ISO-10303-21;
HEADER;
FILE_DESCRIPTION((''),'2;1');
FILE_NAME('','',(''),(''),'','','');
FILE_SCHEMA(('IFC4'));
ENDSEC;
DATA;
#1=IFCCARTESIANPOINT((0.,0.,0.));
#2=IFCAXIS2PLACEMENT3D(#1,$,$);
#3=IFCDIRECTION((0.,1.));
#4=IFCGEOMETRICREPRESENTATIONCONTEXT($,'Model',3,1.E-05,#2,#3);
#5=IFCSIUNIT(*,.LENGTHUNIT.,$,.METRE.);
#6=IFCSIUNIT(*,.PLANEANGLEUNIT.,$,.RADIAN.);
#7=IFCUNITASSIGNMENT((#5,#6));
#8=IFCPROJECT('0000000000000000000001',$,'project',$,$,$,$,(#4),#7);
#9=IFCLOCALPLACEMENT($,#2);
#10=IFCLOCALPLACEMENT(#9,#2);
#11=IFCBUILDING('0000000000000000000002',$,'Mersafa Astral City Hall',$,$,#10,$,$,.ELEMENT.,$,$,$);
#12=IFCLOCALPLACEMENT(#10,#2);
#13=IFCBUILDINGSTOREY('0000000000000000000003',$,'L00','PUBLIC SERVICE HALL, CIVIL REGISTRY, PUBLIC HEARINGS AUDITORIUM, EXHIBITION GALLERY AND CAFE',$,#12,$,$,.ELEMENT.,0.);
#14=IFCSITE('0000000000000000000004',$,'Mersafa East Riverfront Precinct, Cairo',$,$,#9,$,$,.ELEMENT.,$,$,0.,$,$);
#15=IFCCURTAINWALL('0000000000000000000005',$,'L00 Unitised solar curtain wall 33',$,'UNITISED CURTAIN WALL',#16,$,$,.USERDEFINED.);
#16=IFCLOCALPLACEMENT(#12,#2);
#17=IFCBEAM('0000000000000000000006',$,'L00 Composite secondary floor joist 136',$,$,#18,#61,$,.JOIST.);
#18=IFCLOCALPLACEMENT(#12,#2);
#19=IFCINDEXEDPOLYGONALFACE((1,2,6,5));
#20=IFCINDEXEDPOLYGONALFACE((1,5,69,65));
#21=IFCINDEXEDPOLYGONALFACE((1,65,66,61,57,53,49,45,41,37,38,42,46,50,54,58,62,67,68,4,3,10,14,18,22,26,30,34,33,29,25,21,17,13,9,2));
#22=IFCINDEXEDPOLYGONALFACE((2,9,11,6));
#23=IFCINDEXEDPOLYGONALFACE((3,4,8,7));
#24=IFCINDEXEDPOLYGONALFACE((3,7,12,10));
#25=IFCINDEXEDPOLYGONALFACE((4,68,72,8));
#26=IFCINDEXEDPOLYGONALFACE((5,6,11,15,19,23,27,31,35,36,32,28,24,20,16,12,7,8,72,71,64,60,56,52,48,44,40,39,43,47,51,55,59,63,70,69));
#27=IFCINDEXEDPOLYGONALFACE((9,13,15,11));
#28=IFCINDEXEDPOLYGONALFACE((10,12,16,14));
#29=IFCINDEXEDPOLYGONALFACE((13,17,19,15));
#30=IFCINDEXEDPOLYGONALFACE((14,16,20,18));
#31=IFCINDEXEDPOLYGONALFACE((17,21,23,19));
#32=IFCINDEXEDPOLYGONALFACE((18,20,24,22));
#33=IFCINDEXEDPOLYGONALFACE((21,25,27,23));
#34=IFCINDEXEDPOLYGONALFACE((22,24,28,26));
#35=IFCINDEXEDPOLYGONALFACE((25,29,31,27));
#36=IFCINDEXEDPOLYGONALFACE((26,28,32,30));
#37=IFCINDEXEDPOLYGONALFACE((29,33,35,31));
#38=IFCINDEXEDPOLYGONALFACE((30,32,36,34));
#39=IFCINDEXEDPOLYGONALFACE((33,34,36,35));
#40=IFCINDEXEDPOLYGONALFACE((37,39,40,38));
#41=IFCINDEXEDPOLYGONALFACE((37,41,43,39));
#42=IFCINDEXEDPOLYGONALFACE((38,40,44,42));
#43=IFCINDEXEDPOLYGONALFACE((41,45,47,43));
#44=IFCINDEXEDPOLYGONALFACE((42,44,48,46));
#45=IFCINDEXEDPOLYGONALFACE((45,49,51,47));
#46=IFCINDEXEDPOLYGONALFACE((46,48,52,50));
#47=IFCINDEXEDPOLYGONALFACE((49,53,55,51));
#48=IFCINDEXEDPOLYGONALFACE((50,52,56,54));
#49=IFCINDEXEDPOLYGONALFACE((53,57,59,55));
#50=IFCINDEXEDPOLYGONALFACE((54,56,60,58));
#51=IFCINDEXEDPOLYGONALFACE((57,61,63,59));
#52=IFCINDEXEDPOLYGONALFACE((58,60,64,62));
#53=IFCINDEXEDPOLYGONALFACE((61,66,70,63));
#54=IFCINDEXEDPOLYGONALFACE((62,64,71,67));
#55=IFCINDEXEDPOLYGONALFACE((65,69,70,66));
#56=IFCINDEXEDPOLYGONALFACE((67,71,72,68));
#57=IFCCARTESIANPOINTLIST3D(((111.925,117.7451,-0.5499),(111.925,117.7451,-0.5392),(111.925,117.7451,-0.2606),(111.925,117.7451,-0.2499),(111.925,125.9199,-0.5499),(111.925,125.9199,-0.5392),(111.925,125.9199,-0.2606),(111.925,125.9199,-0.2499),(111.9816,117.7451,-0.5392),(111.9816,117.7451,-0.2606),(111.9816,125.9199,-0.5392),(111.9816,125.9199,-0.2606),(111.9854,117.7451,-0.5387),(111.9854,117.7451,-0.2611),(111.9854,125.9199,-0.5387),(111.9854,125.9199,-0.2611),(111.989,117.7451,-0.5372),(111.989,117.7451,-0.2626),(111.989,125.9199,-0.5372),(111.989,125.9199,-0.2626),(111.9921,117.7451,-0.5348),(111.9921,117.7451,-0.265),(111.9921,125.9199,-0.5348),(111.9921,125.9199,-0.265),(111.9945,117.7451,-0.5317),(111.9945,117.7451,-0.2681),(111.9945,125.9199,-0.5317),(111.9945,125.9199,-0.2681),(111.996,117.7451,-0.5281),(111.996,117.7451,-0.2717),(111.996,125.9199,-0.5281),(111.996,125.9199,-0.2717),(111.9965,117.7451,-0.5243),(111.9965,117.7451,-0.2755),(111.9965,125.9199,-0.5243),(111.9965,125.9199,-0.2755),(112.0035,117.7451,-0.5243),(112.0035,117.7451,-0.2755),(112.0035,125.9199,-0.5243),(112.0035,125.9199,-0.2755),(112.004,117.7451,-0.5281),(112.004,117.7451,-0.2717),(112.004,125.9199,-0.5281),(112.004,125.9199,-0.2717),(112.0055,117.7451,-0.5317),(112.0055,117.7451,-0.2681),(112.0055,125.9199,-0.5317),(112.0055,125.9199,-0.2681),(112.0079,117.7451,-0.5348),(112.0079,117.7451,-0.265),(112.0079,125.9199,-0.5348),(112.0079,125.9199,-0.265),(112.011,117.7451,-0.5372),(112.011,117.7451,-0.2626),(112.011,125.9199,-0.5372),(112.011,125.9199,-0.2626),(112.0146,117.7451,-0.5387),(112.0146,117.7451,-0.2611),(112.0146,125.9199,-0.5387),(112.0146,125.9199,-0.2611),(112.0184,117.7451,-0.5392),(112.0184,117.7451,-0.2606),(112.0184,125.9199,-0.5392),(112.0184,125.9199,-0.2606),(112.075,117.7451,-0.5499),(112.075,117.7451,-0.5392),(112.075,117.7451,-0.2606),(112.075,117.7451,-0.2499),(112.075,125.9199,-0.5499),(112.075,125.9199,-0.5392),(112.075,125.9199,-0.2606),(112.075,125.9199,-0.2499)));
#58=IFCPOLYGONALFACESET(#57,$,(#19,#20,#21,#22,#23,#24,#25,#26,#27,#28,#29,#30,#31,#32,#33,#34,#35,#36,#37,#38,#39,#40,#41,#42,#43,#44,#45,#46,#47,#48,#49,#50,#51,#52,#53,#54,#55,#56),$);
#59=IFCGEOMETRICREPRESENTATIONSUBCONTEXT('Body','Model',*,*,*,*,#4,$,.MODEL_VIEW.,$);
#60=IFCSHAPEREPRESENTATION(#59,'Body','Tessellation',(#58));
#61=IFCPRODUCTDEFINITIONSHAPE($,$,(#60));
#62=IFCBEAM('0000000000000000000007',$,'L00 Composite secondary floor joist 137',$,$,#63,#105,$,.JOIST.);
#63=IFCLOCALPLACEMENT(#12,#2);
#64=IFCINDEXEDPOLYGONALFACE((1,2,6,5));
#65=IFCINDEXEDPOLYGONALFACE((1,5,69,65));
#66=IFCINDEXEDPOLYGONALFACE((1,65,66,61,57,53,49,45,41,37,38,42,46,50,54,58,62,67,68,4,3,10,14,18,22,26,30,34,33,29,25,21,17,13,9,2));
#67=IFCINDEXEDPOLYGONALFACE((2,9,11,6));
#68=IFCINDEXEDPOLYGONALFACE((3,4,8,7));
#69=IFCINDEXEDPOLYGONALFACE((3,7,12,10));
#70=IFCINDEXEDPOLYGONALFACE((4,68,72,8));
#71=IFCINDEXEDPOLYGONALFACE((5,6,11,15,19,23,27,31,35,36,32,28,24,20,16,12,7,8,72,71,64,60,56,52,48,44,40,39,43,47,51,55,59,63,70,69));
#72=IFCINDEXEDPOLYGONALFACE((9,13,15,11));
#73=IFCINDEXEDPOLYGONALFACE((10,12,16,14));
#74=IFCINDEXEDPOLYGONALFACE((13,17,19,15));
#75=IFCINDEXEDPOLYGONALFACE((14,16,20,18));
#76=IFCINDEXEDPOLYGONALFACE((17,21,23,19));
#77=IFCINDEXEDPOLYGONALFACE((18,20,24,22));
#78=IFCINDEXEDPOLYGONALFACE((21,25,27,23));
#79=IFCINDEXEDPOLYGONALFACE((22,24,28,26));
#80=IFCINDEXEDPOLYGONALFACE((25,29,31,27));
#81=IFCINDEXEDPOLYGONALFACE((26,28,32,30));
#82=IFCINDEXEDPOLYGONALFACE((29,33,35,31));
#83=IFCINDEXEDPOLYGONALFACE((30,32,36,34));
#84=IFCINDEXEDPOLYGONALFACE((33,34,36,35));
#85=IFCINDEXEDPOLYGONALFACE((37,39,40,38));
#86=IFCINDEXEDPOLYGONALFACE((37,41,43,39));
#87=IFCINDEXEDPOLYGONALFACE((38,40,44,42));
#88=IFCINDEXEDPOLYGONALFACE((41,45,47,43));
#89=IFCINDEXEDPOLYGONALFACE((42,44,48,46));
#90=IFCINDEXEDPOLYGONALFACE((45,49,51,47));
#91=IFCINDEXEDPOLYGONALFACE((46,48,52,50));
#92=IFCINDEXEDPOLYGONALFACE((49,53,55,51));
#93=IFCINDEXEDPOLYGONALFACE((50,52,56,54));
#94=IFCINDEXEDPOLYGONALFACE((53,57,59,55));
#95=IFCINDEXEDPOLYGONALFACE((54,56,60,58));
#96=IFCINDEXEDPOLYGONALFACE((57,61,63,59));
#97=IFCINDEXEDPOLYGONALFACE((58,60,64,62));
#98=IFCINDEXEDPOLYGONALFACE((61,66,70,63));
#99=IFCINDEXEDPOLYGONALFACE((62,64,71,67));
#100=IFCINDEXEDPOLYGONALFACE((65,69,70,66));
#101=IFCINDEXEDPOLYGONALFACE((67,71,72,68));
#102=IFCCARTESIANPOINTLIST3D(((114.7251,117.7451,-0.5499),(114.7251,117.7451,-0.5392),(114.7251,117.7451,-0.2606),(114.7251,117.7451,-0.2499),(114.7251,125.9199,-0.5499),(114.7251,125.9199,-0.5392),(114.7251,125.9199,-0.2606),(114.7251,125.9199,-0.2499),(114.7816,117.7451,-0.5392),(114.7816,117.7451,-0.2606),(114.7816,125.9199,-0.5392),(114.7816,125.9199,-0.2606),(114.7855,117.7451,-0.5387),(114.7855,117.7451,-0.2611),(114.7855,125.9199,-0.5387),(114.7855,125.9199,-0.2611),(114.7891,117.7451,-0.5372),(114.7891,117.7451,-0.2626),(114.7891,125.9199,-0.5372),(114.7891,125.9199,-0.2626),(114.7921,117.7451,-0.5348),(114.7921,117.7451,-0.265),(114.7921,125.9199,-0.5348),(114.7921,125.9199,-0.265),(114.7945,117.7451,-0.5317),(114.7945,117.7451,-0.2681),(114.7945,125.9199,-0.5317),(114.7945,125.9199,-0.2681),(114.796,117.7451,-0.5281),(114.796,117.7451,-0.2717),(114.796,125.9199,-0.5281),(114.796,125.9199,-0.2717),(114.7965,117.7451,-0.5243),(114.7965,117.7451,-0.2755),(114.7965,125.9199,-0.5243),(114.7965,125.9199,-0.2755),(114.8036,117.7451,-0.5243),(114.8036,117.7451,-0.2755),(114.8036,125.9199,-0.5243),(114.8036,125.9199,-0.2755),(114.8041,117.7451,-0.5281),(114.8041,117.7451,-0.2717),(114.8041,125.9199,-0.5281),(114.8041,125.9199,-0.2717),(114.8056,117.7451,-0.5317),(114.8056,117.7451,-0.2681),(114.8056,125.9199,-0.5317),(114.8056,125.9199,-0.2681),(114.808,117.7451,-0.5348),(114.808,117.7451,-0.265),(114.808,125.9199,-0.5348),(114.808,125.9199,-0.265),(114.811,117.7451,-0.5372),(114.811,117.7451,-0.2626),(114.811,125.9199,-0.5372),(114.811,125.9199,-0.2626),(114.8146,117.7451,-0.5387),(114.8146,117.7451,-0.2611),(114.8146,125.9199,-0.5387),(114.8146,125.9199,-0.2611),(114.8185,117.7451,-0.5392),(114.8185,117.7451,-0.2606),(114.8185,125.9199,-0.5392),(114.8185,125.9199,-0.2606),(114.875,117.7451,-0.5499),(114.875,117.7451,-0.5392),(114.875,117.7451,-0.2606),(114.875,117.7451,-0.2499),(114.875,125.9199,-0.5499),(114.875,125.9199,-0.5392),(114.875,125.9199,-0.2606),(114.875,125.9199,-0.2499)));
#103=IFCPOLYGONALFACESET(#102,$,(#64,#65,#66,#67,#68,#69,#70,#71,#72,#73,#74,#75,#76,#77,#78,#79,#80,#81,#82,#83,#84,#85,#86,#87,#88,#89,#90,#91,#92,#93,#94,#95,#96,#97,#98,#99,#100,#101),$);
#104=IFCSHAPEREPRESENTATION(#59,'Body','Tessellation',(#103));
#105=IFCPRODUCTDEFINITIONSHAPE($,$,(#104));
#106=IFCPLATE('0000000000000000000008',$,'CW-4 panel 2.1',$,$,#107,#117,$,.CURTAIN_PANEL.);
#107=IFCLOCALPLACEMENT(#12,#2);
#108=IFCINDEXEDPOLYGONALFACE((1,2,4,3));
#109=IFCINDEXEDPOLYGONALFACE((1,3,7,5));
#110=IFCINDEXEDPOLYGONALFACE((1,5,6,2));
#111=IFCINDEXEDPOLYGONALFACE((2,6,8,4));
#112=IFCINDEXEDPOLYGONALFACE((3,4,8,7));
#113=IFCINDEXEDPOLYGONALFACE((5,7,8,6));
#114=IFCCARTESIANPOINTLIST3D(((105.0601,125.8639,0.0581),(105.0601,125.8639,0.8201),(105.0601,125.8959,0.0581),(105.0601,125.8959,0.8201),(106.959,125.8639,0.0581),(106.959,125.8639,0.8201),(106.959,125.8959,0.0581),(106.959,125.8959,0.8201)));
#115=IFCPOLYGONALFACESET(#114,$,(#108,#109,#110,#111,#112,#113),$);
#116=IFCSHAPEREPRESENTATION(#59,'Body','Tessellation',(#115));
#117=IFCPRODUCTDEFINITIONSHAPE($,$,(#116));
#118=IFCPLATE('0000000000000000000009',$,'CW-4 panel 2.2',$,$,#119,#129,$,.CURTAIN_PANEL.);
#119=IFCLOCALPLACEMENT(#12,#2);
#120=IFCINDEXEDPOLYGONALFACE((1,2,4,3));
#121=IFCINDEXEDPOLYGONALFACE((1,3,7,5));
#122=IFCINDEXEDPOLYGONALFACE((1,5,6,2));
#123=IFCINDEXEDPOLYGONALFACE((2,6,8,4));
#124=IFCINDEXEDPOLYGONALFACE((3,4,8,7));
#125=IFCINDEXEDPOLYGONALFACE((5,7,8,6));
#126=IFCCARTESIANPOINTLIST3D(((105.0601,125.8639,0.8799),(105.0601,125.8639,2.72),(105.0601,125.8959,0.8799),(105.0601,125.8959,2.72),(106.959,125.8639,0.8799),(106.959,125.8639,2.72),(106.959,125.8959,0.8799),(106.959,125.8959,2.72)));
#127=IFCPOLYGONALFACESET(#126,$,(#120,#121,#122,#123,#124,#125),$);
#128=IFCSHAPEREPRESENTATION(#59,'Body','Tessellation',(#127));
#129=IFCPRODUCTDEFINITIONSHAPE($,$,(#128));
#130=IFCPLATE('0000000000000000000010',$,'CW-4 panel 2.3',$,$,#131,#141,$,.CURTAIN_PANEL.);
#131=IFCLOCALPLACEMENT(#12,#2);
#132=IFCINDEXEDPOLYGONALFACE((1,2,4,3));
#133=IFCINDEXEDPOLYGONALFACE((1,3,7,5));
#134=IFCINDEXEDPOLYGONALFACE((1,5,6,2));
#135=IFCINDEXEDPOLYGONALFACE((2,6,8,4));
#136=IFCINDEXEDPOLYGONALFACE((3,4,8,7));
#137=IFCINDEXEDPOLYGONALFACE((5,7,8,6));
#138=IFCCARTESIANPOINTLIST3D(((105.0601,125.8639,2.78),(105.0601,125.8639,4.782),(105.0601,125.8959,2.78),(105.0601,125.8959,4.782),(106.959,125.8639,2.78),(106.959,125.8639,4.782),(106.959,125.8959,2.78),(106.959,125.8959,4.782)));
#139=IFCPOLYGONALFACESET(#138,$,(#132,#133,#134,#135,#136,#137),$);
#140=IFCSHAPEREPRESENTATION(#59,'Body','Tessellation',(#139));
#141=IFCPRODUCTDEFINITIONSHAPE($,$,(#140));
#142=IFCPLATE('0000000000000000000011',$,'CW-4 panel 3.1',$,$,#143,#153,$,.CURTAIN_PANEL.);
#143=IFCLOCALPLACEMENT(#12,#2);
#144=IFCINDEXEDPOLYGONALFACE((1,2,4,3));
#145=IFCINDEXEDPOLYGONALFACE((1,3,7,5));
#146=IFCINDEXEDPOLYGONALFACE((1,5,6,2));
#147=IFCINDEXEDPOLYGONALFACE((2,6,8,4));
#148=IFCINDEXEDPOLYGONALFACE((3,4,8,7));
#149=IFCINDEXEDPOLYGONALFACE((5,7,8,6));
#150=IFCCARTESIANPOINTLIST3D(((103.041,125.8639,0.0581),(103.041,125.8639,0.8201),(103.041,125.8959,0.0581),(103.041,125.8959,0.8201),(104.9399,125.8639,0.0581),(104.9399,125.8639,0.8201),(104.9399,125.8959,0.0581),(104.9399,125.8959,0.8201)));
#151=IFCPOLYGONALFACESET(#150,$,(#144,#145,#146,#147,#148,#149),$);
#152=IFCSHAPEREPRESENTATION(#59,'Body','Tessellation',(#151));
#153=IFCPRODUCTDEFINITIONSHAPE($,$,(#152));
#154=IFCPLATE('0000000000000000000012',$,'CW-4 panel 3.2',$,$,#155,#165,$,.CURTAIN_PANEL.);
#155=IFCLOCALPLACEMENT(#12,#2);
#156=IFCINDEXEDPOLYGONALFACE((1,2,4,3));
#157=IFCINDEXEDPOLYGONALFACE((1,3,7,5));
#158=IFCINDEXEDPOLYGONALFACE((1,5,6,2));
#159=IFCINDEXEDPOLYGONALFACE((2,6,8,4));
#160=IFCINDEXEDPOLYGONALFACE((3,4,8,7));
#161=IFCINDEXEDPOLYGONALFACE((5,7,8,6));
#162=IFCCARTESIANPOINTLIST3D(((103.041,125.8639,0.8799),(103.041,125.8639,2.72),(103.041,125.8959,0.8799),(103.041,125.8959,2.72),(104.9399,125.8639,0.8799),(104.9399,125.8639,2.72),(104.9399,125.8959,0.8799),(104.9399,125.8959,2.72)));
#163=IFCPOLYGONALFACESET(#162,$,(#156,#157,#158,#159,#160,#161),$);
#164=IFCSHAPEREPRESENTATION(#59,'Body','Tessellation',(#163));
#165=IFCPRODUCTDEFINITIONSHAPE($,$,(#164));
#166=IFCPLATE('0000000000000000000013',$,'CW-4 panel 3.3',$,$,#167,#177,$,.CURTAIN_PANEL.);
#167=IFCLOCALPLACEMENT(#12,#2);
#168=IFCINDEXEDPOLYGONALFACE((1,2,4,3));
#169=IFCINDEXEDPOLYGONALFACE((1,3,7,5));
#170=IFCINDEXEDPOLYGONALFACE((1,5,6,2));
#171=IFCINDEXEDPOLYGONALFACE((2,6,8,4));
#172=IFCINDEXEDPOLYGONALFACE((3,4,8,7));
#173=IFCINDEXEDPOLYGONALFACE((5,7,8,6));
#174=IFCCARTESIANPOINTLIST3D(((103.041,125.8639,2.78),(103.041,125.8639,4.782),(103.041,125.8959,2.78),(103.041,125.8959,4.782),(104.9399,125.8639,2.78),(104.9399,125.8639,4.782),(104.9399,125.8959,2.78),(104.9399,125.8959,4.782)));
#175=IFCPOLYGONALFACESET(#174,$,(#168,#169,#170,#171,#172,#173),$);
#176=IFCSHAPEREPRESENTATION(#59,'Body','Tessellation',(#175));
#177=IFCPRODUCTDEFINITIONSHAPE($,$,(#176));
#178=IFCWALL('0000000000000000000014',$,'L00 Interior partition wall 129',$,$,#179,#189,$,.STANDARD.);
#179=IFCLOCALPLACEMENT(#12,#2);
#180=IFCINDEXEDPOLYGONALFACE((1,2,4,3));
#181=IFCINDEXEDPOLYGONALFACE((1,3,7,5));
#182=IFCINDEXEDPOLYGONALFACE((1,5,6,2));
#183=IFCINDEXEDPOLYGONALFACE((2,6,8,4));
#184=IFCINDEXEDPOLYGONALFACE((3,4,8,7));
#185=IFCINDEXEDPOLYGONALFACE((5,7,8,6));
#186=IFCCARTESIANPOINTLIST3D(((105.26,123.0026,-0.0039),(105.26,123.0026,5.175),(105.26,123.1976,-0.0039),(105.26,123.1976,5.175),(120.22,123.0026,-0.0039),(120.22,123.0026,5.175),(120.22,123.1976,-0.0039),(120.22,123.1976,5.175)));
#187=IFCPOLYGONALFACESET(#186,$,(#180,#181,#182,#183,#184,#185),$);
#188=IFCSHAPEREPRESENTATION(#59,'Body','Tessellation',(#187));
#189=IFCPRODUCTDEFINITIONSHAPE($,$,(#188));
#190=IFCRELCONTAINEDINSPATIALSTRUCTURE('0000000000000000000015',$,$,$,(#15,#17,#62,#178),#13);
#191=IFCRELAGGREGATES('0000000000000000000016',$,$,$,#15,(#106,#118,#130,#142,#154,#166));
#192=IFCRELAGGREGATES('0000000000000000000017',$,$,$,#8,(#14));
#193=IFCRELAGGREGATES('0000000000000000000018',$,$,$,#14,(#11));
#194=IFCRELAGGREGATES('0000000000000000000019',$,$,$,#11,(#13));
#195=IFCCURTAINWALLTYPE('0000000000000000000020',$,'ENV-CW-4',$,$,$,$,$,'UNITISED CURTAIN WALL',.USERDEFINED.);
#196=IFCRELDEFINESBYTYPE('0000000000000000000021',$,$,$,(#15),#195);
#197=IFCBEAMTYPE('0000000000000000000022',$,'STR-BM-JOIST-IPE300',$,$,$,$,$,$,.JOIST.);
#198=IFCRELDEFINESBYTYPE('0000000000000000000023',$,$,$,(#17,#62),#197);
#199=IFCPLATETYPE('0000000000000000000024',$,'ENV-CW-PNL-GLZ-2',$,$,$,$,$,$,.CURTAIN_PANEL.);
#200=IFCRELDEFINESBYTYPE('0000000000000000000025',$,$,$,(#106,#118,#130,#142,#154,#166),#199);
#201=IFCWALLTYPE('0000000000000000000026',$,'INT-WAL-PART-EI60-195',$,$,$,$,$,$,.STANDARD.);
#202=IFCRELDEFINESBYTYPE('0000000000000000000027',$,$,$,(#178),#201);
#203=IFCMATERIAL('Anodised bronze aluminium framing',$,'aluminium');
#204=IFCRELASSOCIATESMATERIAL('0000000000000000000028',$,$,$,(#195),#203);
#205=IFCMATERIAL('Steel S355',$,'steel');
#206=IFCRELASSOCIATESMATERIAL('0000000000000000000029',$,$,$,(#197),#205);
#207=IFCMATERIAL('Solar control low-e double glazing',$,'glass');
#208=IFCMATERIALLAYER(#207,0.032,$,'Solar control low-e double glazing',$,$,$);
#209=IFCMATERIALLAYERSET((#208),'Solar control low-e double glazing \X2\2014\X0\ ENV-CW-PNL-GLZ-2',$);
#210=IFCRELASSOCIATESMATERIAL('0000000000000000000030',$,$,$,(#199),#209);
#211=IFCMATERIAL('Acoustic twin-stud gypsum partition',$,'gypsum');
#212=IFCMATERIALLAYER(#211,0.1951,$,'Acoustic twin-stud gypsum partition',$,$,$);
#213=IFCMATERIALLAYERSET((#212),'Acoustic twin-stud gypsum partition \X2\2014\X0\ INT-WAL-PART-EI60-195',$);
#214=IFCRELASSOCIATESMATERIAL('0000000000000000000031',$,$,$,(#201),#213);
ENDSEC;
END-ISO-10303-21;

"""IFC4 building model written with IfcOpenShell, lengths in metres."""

from ifc_helpers import new_model, si_unit, direction, frame, frame_2d, origin, origin_2d, place, context, subcontext, project, spatial, rectangle, i_section, extrude, material, layer, layer_set, material_profile, profile_set, type_object, element, aggregate, save


model = new_model("IFC4")

# Units and contexts
model_context = context("Model", 3, precision=1e-05, world=origin(), true_north=direction((0.0, 1.0)))
body_context = subcontext(model_context, "Body", "Model", "MODEL_VIEW")
ifc_project = project(units=[si_unit("LENGTHUNIT", "METRE"), si_unit("PLANEANGLEUNIT", "RADIAN")], contexts=[model_context])

# Site, building, storey
site_placement = place(None, origin())
site = spatial("IfcSite", under=ifc_project, at=site_placement, Name="Mersafa East Riverfront Precinct, Cairo", CompositionType="ELEMENT", RefElevation=0.0)
building_placement = place(site_placement, origin())
building = spatial("IfcBuilding", under=site, at=building_placement, Name="Mersafa Astral City Hall", CompositionType="ELEMENT")
storey_placement = place(building_placement, origin())
storey = spatial("IfcBuildingStorey", under=building, at=storey_placement, Name="L00", Description="PUBLIC SERVICE HALL, CIVIL REGISTRY, PUBLIC HEARINGS AUDITORIUM, EXHIBITION GALLERY AND CAFE", CompositionType="ELEMENT", Elevation=0.0)

# Curtain wall
ifc_material_1 = material(Name="Anodised bronze aluminium framing", Category="aluminium")
curtain_wall_type = type_object("IfcCurtainWallType", Name="ENV-CW-4", ElementType="UNITISED CURTAIN WALL", PredefinedType="USERDEFINED", material=ifc_material_1)
curtain_wall_placement = place(storey_placement, origin())
curtain_wall = element("IfcCurtainWall", 1, at=curtain_wall_placement, inside=storey, type_object=curtain_wall_type, Name="L00 Unitised solar curtain wall 33", ObjectType="UNITISED CURTAIN WALL", PredefinedType="USERDEFINED")

# Beams
ifc_material_2 = material(Name="Steel S355", Category="steel")
ifc_material_profile_1 = material_profile(ifc_material_2, i_section(OverallWidth=0.1499, OverallDepth=0.3, WebThickness=0.0071, FlangeThickness=0.0107, FilletRadius=0.0149, at=origin_2d()), Name="IPE 300")
ifc_profile_set_1 = profile_set([ifc_material_profile_1], Name="Steel S355")
beam_type_1 = type_object("IfcBeamType", Name="STR-BM-JOIST-IPE300", PredefinedType="JOIST", material=ifc_profile_set_1)
for number, where, z_axis, x_axis, name in (
    (2, (112.0, 117.7451, -0.3999), (0.0, 1.0, 0.0), (-1.0, 0.0, 0.0), "L00 Composite secondary floor joist 136"),
    (3, (114.8, 117.7451, -0.3999), (0.0, 1.0, 0.0), (-1.0, 0.0, 0.0), "L00 Composite secondary floor joist 137"),
):
    element("IfcBeam", number, at=place(storey_placement, frame(where, z_axis=z_axis, x_axis=x_axis)), inside=storey, type_object=beam_type_1, Name=name, PredefinedType="JOIST", context=body_context, shape_type="SweptSolid", body=[
        extrude(i_section(OverallWidth=0.1499, OverallDepth=0.3, WebThickness=0.0071, FlangeThickness=0.0107, FilletRadius=0.0149, at=origin_2d()), origin(), (0.0, 0.0, 1.0), 8.1748),
    ])

# Plates
ifc_material_3 = material(Name="Solar control low-e double glazing", Category="glass")
ifc_layer_1 = layer(ifc_material_3, 0.032, Name="Solar control low-e double glazing")
ifc_layer_set_1 = layer_set([ifc_layer_1], Name="Solar control low-e double glazing — ENV-CW-PNL-GLZ-2")
plate_type = type_object("IfcPlateType", Name="ENV-CW-PNL-GLZ-2", PredefinedType="CURTAIN_PANEL", material=ifc_layer_set_1)
plate_1_placement = place(storey_placement, frame((106.0095, 125.8799, 0.0581), z_axis=(0.0, 0.0, 1.0), x_axis=(-1.0, 0.0, 0.0)))
plate_1 = element("IfcPlate", 4, at=plate_1_placement, type_object=plate_type, Name="CW-4 panel 2.1", PredefinedType="CURTAIN_PANEL", context=body_context, shape_type="SweptSolid", body=[
    extrude(rectangle(XDim=1.8989, YDim=0.032, at=origin_2d()), origin(), (0.0, 0.0, 1.0), 0.762),
])
plate_2_placement = place(storey_placement, frame((106.0095, 125.8799, 0.8799), z_axis=(0.0, 0.0, 1.0), x_axis=(-1.0, 0.0, 0.0)))
plate_2 = element("IfcPlate", 5, at=plate_2_placement, type_object=plate_type, Name="CW-4 panel 2.2", PredefinedType="CURTAIN_PANEL", context=body_context, shape_type="SweptSolid", body=[
    extrude(rectangle(XDim=1.8989, YDim=0.032, at=origin_2d()), origin(), (0.0, 0.0, 1.0), 1.8401),
])
plate_3_placement = place(storey_placement, frame((106.0095, 125.8799, 2.78), z_axis=(0.0, 0.0, 1.0), x_axis=(-1.0, 0.0, 0.0)))
plate_3 = element("IfcPlate", 6, at=plate_3_placement, type_object=plate_type, Name="CW-4 panel 2.3", PredefinedType="CURTAIN_PANEL", context=body_context, shape_type="SweptSolid", body=[
    extrude(rectangle(XDim=1.8989, YDim=0.032, at=origin_2d()), origin(), (0.0, 0.0, 1.0), 2.002),
])
plate_4_placement = place(storey_placement, frame((103.9905, 125.8799, 0.0581), z_axis=(0.0, 0.0, 1.0), x_axis=(-1.0, 0.0, 0.0)))
plate_4 = element("IfcPlate", 7, at=plate_4_placement, type_object=plate_type, Name="CW-4 panel 3.1", PredefinedType="CURTAIN_PANEL", context=body_context, shape_type="SweptSolid", body=[
    extrude(rectangle(XDim=1.8989, YDim=0.032, at=origin_2d()), origin(), (0.0, 0.0, 1.0), 0.762),
])
plate_5_placement = place(storey_placement, frame((103.9905, 125.8799, 0.8799), z_axis=(0.0, 0.0, 1.0), x_axis=(-1.0, 0.0, 0.0)))
plate_5 = element("IfcPlate", 8, at=plate_5_placement, type_object=plate_type, Name="CW-4 panel 3.2", PredefinedType="CURTAIN_PANEL", context=body_context, shape_type="SweptSolid", body=[
    extrude(rectangle(XDim=1.8989, YDim=0.032, at=origin_2d()), origin(), (0.0, 0.0, 1.0), 1.8401),
])
plate_6_placement = place(storey_placement, frame((103.9905, 125.8799, 2.78), z_axis=(0.0, 0.0, 1.0), x_axis=(-1.0, 0.0, 0.0)))
plate_6 = element("IfcPlate", 9, at=plate_6_placement, type_object=plate_type, Name="CW-4 panel 3.3", PredefinedType="CURTAIN_PANEL", context=body_context, shape_type="SweptSolid", body=[
    extrude(rectangle(XDim=1.8989, YDim=0.032, at=origin_2d()), origin(), (0.0, 0.0, 1.0), 2.002),
])
aggregate(curtain_wall, [plate_1, plate_2, plate_3, plate_4, plate_5, plate_6])

# Wall
ifc_material_4 = material(Name="Acoustic twin-stud gypsum partition", Category="gypsum")
ifc_layer_2 = layer(ifc_material_4, 0.1951, Name="Acoustic twin-stud gypsum partition")
ifc_layer_set_2 = layer_set([ifc_layer_2], Name="Acoustic twin-stud gypsum partition — INT-WAL-PART-EI60-195")
wall_type_1 = type_object("IfcWallType", Name="INT-WAL-PART-EI60-195", PredefinedType="STANDARD", material=ifc_layer_set_2)
wall_1_placement = place(storey_placement, frame((105.26, 123.1001, -0.0039), z_axis=(0.0, 0.0, 1.0), x_axis=(1.0, 0.0, 0.0)))
element("IfcWall", 10, at=wall_1_placement, inside=storey, type_object=wall_type_1, Name="L00 Interior partition wall 129", PredefinedType="STANDARD", context=body_context, shape_type="SweptSolid", body=[
    extrude(rectangle(XDim=14.96, YDim=0.1951, at=frame_2d((7.48, 0.0))), origin(), (0.0, 0.0, 1.0), 5.179),
])

save(model, "model.ifc")
